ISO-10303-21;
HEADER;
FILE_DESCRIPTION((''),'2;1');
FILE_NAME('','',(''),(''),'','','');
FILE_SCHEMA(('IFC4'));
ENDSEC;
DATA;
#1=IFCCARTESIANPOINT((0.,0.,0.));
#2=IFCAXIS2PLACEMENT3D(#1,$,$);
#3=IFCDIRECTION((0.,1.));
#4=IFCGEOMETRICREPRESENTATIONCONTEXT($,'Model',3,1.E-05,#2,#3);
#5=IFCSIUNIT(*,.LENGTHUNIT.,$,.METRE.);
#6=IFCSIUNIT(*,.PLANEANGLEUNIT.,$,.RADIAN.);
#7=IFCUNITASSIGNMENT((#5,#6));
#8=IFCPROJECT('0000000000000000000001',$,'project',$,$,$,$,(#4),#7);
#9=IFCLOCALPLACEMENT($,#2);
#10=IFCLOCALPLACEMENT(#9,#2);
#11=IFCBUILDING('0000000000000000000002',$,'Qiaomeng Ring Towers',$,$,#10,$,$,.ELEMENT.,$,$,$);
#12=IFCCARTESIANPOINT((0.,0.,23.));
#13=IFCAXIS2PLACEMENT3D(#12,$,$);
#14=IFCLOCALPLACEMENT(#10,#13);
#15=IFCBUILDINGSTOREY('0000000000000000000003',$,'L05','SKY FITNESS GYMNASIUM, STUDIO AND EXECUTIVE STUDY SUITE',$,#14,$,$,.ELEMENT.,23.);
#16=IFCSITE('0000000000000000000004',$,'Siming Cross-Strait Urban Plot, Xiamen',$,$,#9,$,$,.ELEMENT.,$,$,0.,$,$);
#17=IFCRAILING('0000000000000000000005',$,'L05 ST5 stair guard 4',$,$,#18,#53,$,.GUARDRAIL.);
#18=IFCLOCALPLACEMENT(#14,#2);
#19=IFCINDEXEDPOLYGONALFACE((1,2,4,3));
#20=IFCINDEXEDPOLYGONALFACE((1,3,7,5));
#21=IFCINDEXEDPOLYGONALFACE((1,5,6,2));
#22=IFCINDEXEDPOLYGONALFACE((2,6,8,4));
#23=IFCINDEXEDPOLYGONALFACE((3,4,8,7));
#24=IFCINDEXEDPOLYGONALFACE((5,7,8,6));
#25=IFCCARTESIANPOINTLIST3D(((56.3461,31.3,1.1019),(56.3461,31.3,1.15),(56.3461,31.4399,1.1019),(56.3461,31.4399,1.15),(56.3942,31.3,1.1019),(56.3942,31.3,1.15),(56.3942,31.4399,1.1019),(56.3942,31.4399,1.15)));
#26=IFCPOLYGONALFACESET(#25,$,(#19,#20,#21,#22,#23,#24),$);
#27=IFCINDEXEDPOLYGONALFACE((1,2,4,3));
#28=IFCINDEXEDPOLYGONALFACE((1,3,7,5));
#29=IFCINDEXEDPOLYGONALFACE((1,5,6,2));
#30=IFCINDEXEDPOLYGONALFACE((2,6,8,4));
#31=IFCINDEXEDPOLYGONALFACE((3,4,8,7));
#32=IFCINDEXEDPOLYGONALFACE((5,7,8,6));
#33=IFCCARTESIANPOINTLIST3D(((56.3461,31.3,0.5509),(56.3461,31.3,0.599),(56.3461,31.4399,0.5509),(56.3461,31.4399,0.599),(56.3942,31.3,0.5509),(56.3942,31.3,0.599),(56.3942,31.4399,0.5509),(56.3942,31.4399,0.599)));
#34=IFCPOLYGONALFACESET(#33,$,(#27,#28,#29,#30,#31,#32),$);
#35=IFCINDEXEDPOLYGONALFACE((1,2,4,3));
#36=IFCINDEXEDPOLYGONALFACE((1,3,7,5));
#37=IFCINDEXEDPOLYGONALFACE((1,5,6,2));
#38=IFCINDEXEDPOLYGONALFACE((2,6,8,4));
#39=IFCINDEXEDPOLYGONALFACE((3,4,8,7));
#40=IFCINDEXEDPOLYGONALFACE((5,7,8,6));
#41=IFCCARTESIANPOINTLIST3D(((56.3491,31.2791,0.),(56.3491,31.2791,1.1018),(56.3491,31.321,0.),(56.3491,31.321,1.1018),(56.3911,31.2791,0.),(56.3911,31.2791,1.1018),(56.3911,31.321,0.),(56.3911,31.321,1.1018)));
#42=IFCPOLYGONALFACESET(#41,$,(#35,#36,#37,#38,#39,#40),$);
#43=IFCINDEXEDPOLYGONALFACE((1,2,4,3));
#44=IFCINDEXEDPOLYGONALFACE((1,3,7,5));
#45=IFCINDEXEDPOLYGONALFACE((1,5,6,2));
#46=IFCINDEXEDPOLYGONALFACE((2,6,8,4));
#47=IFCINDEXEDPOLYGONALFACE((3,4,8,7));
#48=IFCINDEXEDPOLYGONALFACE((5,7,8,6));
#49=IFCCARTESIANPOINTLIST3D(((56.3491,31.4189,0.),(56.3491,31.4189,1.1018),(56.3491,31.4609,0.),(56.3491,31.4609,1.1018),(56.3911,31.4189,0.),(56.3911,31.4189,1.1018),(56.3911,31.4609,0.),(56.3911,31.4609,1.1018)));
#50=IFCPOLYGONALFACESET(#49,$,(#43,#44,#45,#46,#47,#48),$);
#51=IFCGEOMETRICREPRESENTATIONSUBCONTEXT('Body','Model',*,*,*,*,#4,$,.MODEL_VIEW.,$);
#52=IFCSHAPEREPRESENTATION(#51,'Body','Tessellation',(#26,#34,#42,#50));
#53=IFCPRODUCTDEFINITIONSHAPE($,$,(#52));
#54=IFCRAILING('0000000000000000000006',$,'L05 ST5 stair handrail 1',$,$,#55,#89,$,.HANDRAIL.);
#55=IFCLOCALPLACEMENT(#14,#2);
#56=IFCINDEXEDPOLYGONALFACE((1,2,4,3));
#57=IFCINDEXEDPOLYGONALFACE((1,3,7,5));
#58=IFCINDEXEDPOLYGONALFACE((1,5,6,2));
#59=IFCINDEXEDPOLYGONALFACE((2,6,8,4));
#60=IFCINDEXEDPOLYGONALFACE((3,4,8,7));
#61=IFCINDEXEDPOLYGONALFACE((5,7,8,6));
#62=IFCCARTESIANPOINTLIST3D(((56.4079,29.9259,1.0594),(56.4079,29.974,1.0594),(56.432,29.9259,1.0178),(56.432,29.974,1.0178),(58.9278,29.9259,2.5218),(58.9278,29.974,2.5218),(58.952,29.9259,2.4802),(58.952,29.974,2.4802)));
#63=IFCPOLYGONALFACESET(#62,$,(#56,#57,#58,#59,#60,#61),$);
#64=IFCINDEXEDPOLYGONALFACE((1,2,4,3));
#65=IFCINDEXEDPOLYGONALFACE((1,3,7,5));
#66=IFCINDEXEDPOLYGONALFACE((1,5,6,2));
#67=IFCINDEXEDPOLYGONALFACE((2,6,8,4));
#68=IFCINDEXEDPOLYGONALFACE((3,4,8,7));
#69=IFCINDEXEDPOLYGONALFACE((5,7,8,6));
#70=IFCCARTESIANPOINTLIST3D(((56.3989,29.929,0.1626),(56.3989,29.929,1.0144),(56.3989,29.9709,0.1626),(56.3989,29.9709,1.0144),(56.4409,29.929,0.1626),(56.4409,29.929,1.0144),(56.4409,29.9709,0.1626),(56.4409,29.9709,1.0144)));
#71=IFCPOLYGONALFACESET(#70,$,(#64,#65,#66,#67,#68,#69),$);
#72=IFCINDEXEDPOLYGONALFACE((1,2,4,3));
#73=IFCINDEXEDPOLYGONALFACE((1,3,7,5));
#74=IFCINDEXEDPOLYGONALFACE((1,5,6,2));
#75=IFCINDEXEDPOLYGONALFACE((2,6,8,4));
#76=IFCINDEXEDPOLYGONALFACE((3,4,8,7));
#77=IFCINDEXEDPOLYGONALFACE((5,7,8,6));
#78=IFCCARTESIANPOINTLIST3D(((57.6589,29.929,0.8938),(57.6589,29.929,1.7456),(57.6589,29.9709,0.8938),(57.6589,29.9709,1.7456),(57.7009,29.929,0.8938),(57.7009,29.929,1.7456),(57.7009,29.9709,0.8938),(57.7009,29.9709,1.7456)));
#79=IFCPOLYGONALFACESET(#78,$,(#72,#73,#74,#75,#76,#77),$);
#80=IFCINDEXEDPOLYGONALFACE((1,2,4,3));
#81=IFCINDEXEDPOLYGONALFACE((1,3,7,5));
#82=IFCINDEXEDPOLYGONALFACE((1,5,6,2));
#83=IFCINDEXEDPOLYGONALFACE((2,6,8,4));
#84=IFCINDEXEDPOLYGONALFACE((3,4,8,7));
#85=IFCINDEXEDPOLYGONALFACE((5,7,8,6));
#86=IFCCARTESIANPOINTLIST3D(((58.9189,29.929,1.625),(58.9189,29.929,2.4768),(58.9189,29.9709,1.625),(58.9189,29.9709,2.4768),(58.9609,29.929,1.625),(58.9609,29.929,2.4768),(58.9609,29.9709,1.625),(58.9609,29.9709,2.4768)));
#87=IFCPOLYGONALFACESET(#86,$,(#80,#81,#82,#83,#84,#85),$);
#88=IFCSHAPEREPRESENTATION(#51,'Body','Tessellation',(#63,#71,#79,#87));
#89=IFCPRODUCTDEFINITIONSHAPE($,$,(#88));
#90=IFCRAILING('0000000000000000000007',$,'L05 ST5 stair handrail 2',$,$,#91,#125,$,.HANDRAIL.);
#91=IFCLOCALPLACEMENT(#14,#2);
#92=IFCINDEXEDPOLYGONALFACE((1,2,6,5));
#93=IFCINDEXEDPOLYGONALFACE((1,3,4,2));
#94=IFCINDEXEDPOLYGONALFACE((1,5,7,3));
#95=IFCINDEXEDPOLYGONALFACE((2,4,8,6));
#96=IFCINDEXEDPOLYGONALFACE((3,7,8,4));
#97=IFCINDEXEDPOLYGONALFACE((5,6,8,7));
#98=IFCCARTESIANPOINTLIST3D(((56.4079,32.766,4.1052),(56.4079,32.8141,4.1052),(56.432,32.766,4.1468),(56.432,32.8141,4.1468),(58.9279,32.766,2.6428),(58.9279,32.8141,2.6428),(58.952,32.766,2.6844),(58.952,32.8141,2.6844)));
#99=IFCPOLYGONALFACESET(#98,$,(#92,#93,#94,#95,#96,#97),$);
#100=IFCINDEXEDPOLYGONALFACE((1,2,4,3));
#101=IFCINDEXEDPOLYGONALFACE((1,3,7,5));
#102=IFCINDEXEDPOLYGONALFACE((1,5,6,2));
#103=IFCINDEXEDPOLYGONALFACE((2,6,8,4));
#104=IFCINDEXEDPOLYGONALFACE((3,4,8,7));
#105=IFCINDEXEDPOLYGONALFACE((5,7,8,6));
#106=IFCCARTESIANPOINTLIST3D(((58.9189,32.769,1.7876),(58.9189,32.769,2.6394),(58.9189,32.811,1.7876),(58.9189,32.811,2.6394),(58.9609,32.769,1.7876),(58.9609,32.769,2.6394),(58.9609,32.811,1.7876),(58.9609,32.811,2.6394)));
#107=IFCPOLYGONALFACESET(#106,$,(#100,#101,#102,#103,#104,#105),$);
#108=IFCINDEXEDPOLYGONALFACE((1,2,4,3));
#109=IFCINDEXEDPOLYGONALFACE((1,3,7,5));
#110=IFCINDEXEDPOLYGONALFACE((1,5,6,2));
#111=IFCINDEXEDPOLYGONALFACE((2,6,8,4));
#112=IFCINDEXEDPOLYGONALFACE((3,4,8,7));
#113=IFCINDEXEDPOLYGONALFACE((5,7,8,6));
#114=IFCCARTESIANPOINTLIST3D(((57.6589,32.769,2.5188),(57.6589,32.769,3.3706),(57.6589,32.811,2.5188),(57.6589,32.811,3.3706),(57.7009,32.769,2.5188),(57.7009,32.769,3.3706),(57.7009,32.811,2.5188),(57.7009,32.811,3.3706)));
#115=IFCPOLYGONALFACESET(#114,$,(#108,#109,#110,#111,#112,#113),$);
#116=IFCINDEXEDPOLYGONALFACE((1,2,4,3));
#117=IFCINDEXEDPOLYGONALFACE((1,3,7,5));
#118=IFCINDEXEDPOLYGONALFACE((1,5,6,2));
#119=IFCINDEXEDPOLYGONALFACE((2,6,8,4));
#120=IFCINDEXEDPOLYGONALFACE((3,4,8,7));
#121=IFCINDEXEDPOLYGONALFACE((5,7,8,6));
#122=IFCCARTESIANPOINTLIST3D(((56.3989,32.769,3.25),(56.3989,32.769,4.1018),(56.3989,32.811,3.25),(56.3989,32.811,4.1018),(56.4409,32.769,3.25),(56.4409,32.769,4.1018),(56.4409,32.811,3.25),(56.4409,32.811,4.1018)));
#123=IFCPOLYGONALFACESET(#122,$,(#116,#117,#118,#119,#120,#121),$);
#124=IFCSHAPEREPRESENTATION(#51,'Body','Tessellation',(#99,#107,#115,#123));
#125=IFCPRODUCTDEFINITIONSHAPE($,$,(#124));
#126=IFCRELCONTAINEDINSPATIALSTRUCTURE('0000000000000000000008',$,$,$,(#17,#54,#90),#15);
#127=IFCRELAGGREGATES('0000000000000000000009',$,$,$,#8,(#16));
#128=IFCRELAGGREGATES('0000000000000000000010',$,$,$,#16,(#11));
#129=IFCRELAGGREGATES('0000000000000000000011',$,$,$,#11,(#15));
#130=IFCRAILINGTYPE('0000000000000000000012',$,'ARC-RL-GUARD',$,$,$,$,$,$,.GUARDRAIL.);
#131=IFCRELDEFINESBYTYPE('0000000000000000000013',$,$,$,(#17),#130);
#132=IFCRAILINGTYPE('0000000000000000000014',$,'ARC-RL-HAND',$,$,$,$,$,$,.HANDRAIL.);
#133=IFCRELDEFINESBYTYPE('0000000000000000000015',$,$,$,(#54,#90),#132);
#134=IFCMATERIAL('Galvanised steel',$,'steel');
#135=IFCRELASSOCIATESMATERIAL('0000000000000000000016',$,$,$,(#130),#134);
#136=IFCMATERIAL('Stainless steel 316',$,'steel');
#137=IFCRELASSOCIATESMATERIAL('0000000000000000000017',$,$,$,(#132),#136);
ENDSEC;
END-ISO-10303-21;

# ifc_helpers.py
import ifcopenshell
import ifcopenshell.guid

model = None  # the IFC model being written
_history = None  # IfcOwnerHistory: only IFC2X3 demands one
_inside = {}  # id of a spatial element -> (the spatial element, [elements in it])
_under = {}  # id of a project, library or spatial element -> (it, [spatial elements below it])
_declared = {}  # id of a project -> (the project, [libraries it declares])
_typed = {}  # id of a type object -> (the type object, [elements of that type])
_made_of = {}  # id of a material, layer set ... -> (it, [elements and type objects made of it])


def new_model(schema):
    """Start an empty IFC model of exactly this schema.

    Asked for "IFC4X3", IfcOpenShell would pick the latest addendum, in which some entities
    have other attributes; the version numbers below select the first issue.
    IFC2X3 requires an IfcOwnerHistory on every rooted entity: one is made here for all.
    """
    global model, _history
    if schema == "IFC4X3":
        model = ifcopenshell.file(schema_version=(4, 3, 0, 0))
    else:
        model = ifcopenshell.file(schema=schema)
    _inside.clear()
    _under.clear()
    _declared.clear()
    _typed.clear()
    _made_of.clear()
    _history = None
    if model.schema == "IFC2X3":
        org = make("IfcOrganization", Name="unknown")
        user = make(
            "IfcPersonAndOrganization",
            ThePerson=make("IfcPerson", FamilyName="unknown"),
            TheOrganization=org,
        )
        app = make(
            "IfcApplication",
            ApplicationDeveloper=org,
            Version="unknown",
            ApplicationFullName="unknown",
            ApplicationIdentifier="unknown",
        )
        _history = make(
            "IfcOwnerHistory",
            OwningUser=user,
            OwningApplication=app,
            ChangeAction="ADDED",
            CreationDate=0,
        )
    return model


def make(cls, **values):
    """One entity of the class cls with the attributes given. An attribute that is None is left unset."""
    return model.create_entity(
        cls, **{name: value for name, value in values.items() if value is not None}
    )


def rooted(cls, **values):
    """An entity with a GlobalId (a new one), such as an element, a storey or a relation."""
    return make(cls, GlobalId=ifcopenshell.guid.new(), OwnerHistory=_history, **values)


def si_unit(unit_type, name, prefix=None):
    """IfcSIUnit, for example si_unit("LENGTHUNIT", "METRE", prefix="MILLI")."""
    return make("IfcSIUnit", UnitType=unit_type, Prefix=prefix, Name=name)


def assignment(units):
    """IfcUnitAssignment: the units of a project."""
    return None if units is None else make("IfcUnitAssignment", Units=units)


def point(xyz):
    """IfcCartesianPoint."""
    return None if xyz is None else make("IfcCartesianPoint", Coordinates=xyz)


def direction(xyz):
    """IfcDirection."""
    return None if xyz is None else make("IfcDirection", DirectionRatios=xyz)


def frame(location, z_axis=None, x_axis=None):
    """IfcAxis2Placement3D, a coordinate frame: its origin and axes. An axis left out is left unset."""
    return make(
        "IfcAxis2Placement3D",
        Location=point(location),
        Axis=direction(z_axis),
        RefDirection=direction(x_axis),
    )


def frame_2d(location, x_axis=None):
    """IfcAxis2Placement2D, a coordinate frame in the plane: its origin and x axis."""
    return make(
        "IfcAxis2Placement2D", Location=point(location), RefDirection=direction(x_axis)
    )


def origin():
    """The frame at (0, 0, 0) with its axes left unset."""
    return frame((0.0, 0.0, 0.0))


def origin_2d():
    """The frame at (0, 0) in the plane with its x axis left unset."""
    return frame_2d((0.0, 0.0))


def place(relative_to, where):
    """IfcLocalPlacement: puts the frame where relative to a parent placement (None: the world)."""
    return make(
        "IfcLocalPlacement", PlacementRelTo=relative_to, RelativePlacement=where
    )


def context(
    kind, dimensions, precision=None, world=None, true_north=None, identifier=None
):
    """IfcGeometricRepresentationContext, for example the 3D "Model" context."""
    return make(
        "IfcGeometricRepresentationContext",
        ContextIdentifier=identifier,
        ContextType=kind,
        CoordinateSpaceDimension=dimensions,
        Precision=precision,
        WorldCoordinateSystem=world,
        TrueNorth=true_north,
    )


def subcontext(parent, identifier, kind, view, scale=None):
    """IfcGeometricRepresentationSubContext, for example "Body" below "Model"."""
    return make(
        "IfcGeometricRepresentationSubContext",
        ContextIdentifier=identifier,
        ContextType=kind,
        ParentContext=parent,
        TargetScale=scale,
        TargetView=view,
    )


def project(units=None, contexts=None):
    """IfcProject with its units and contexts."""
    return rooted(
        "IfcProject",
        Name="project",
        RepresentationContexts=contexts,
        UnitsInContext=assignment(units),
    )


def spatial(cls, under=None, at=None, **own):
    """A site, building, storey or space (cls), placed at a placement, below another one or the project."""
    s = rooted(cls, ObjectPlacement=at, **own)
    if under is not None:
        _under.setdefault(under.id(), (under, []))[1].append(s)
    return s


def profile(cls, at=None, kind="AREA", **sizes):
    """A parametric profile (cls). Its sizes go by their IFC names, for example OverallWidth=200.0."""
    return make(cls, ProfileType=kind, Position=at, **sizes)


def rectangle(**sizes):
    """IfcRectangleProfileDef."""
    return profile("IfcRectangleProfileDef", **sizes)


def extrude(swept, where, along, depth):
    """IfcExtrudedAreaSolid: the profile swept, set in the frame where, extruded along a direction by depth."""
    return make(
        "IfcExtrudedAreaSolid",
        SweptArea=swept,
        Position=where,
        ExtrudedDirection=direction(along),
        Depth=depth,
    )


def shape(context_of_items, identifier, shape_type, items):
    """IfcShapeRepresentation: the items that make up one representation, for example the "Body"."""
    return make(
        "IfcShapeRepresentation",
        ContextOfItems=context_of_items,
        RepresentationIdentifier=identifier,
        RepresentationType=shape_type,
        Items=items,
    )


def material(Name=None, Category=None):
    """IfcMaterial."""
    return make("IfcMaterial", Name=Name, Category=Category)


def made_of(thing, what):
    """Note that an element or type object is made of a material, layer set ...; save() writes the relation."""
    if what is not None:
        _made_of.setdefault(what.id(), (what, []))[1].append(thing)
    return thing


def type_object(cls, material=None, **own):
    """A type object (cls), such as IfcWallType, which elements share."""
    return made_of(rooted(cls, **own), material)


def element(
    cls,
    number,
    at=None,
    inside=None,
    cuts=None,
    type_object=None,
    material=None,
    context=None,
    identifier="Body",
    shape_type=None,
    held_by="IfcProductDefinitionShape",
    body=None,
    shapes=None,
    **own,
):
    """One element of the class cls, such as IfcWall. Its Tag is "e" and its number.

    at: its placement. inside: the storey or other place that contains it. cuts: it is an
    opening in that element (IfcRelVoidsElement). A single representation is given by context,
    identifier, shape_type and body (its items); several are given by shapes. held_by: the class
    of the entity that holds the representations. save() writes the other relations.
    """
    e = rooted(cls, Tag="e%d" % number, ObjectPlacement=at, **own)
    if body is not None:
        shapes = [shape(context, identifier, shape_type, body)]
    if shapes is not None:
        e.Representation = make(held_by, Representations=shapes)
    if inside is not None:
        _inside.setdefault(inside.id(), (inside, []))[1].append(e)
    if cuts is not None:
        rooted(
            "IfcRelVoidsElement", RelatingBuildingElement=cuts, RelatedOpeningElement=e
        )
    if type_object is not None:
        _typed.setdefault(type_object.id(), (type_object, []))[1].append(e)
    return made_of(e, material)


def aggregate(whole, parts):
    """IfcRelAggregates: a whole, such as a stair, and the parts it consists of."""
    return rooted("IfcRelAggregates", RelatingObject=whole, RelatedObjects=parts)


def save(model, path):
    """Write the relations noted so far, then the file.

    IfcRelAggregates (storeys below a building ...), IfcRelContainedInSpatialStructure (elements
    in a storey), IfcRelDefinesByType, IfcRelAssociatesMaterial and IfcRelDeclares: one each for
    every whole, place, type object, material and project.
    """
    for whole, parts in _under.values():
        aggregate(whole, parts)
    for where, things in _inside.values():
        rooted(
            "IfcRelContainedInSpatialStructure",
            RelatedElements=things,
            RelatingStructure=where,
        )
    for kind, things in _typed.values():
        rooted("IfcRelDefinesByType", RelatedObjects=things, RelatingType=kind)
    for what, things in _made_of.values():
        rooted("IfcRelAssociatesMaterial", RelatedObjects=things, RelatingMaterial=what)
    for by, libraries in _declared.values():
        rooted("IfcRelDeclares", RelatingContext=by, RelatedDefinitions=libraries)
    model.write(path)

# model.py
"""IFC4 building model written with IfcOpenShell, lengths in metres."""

from ifc_helpers import new_model, si_unit, direction, frame, origin, origin_2d, place, context, subcontext, project, spatial, rectangle, extrude, material, type_object, element, save


model = new_model("IFC4")

# Units and contexts
model_context = context("Model", 3, precision=1e-05, world=origin(), true_north=direction((0.0, 1.0)))
body_context = subcontext(model_context, "Body", "Model", "MODEL_VIEW")
ifc_project = project(units=[si_unit("LENGTHUNIT", "METRE"), si_unit("PLANEANGLEUNIT", "RADIAN")], contexts=[model_context])

# Site, building, storey
site_placement = place(None, origin())
site = spatial("IfcSite", under=ifc_project, at=site_placement, Name="Siming Cross-Strait Urban Plot, Xiamen", CompositionType="ELEMENT", RefElevation=0.0)
building_placement = place(site_placement, origin())
building = spatial("IfcBuilding", under=site, at=building_placement, Name="Qiaomeng Ring Towers", CompositionType="ELEMENT")
storey_placement = place(building_placement, frame((0.0, 0.0, 23.0)))
storey = spatial("IfcBuildingStorey", under=building, at=storey_placement, Name="L05", Description="SKY FITNESS GYMNASIUM, STUDIO AND EXECUTIVE STUDY SUITE", CompositionType="ELEMENT", Elevation=23.0)

# Shared definitions
ifc_material_1 = material(Name="Stainless steel 316", Category="steel")

# Railings
ifc_material_2 = material(Name="Galvanised steel", Category="steel")
railing_type_1 = type_object("IfcRailingType", Name="ARC-RL-GUARD", PredefinedType="GUARDRAIL", material=ifc_material_2)
railing_1_placement = place(storey_placement, frame((56.3701, 31.3, 0.0)))
element("IfcRailing", 1, at=railing_1_placement, inside=storey, type_object=railing_type_1, Name="L05 ST5 stair guard 4", PredefinedType="GUARDRAIL", context=body_context, shape_type="SweptSolid", body=[
    extrude(rectangle(XDim=0.0481, YDim=0.0481, at=origin_2d()), frame((0.0, 0.0, 1.126), z_axis=(0.0, 1.0, 0.0), x_axis=(-1.0, 0.0, 0.0)), (0.0, 0.0, 1.0), 0.1399),
    extrude(rectangle(XDim=0.0481, YDim=0.0481, at=origin_2d()), frame((0.0, 0.0, 0.575), z_axis=(0.0, 1.0, 0.0), x_axis=(-1.0, 0.0, 0.0)), (0.0, 0.0, 1.0), 0.1399),
    extrude(rectangle(XDim=0.042, YDim=0.042, at=origin_2d()), origin(), (0.0, 0.0, 1.0), 1.1018),
    extrude(rectangle(XDim=0.042, YDim=0.042, at=origin_2d()), frame((0.0, 0.1399, 0.0)), (0.0, 0.0, 1.0), 1.1018),
])
railing_type_2 = type_object("IfcRailingType", Name="ARC-RL-HAND", PredefinedType="HANDRAIL", material=ifc_material_1)
railing_2_placement = place(storey_placement, frame((56.4199, 29.95, 0.1626)))
element("IfcRailing", 2, at=railing_2_placement, inside=storey, type_object=railing_type_2, Name="L05 ST5 stair handrail 1", PredefinedType="HANDRAIL", context=body_context, shape_type="SweptSolid", body=[
    extrude(rectangle(XDim=0.0481, YDim=0.0481, at=origin_2d()), frame((0.0, 0.0, 0.876), z_axis=(0.864913, 0.0, 0.501921), x_axis=(0.0, 1.0, 0.0)), (0.0, 0.0, 1.0), 2.9136),
    extrude(rectangle(XDim=0.042, YDim=0.042, at=origin_2d()), origin(), (0.0, 0.0, 1.0), 0.8518),
    extrude(rectangle(XDim=0.042, YDim=0.042, at=origin_2d()), frame((1.26, 0.0, 0.7312)), (0.0, 0.0, 1.0), 0.8518),
    extrude(rectangle(XDim=0.042, YDim=0.042, at=origin_2d()), frame((2.52, 0.0, 1.4624)), (0.0, 0.0, 1.0), 0.8518),
])
railing_3_placement = place(storey_placement, frame((58.9399, 32.79, 1.7876)))
element("IfcRailing", 3, at=railing_3_placement, inside=storey, type_object=railing_type_2, Name="L05 ST5 stair handrail 2", PredefinedType="HANDRAIL", context=body_context, shape_type="SweptSolid", body=[
    extrude(rectangle(XDim=0.0481, YDim=0.0481, at=origin_2d()), frame((0.0, 0.0, 0.876), z_axis=(-0.864913, 0.0, 0.501921), x_axis=(0.0, -1.0, 0.0)), (0.0, 0.0, 1.0), 2.9136),
    extrude(rectangle(XDim=0.042, YDim=0.042, at=origin_2d()), origin(), (0.0, 0.0, 1.0), 0.8518),
    extrude(rectangle(XDim=0.042, YDim=0.042, at=origin_2d()), frame((-1.26, 0.0, 0.7312)), (0.0, 0.0, 1.0), 0.8518),
    extrude(rectangle(XDim=0.042, YDim=0.042, at=origin_2d()), frame((-2.52, 0.0, 1.4624)), (0.0, 0.0, 1.0), 0.8518),
])

save(model, "model.ifc")
